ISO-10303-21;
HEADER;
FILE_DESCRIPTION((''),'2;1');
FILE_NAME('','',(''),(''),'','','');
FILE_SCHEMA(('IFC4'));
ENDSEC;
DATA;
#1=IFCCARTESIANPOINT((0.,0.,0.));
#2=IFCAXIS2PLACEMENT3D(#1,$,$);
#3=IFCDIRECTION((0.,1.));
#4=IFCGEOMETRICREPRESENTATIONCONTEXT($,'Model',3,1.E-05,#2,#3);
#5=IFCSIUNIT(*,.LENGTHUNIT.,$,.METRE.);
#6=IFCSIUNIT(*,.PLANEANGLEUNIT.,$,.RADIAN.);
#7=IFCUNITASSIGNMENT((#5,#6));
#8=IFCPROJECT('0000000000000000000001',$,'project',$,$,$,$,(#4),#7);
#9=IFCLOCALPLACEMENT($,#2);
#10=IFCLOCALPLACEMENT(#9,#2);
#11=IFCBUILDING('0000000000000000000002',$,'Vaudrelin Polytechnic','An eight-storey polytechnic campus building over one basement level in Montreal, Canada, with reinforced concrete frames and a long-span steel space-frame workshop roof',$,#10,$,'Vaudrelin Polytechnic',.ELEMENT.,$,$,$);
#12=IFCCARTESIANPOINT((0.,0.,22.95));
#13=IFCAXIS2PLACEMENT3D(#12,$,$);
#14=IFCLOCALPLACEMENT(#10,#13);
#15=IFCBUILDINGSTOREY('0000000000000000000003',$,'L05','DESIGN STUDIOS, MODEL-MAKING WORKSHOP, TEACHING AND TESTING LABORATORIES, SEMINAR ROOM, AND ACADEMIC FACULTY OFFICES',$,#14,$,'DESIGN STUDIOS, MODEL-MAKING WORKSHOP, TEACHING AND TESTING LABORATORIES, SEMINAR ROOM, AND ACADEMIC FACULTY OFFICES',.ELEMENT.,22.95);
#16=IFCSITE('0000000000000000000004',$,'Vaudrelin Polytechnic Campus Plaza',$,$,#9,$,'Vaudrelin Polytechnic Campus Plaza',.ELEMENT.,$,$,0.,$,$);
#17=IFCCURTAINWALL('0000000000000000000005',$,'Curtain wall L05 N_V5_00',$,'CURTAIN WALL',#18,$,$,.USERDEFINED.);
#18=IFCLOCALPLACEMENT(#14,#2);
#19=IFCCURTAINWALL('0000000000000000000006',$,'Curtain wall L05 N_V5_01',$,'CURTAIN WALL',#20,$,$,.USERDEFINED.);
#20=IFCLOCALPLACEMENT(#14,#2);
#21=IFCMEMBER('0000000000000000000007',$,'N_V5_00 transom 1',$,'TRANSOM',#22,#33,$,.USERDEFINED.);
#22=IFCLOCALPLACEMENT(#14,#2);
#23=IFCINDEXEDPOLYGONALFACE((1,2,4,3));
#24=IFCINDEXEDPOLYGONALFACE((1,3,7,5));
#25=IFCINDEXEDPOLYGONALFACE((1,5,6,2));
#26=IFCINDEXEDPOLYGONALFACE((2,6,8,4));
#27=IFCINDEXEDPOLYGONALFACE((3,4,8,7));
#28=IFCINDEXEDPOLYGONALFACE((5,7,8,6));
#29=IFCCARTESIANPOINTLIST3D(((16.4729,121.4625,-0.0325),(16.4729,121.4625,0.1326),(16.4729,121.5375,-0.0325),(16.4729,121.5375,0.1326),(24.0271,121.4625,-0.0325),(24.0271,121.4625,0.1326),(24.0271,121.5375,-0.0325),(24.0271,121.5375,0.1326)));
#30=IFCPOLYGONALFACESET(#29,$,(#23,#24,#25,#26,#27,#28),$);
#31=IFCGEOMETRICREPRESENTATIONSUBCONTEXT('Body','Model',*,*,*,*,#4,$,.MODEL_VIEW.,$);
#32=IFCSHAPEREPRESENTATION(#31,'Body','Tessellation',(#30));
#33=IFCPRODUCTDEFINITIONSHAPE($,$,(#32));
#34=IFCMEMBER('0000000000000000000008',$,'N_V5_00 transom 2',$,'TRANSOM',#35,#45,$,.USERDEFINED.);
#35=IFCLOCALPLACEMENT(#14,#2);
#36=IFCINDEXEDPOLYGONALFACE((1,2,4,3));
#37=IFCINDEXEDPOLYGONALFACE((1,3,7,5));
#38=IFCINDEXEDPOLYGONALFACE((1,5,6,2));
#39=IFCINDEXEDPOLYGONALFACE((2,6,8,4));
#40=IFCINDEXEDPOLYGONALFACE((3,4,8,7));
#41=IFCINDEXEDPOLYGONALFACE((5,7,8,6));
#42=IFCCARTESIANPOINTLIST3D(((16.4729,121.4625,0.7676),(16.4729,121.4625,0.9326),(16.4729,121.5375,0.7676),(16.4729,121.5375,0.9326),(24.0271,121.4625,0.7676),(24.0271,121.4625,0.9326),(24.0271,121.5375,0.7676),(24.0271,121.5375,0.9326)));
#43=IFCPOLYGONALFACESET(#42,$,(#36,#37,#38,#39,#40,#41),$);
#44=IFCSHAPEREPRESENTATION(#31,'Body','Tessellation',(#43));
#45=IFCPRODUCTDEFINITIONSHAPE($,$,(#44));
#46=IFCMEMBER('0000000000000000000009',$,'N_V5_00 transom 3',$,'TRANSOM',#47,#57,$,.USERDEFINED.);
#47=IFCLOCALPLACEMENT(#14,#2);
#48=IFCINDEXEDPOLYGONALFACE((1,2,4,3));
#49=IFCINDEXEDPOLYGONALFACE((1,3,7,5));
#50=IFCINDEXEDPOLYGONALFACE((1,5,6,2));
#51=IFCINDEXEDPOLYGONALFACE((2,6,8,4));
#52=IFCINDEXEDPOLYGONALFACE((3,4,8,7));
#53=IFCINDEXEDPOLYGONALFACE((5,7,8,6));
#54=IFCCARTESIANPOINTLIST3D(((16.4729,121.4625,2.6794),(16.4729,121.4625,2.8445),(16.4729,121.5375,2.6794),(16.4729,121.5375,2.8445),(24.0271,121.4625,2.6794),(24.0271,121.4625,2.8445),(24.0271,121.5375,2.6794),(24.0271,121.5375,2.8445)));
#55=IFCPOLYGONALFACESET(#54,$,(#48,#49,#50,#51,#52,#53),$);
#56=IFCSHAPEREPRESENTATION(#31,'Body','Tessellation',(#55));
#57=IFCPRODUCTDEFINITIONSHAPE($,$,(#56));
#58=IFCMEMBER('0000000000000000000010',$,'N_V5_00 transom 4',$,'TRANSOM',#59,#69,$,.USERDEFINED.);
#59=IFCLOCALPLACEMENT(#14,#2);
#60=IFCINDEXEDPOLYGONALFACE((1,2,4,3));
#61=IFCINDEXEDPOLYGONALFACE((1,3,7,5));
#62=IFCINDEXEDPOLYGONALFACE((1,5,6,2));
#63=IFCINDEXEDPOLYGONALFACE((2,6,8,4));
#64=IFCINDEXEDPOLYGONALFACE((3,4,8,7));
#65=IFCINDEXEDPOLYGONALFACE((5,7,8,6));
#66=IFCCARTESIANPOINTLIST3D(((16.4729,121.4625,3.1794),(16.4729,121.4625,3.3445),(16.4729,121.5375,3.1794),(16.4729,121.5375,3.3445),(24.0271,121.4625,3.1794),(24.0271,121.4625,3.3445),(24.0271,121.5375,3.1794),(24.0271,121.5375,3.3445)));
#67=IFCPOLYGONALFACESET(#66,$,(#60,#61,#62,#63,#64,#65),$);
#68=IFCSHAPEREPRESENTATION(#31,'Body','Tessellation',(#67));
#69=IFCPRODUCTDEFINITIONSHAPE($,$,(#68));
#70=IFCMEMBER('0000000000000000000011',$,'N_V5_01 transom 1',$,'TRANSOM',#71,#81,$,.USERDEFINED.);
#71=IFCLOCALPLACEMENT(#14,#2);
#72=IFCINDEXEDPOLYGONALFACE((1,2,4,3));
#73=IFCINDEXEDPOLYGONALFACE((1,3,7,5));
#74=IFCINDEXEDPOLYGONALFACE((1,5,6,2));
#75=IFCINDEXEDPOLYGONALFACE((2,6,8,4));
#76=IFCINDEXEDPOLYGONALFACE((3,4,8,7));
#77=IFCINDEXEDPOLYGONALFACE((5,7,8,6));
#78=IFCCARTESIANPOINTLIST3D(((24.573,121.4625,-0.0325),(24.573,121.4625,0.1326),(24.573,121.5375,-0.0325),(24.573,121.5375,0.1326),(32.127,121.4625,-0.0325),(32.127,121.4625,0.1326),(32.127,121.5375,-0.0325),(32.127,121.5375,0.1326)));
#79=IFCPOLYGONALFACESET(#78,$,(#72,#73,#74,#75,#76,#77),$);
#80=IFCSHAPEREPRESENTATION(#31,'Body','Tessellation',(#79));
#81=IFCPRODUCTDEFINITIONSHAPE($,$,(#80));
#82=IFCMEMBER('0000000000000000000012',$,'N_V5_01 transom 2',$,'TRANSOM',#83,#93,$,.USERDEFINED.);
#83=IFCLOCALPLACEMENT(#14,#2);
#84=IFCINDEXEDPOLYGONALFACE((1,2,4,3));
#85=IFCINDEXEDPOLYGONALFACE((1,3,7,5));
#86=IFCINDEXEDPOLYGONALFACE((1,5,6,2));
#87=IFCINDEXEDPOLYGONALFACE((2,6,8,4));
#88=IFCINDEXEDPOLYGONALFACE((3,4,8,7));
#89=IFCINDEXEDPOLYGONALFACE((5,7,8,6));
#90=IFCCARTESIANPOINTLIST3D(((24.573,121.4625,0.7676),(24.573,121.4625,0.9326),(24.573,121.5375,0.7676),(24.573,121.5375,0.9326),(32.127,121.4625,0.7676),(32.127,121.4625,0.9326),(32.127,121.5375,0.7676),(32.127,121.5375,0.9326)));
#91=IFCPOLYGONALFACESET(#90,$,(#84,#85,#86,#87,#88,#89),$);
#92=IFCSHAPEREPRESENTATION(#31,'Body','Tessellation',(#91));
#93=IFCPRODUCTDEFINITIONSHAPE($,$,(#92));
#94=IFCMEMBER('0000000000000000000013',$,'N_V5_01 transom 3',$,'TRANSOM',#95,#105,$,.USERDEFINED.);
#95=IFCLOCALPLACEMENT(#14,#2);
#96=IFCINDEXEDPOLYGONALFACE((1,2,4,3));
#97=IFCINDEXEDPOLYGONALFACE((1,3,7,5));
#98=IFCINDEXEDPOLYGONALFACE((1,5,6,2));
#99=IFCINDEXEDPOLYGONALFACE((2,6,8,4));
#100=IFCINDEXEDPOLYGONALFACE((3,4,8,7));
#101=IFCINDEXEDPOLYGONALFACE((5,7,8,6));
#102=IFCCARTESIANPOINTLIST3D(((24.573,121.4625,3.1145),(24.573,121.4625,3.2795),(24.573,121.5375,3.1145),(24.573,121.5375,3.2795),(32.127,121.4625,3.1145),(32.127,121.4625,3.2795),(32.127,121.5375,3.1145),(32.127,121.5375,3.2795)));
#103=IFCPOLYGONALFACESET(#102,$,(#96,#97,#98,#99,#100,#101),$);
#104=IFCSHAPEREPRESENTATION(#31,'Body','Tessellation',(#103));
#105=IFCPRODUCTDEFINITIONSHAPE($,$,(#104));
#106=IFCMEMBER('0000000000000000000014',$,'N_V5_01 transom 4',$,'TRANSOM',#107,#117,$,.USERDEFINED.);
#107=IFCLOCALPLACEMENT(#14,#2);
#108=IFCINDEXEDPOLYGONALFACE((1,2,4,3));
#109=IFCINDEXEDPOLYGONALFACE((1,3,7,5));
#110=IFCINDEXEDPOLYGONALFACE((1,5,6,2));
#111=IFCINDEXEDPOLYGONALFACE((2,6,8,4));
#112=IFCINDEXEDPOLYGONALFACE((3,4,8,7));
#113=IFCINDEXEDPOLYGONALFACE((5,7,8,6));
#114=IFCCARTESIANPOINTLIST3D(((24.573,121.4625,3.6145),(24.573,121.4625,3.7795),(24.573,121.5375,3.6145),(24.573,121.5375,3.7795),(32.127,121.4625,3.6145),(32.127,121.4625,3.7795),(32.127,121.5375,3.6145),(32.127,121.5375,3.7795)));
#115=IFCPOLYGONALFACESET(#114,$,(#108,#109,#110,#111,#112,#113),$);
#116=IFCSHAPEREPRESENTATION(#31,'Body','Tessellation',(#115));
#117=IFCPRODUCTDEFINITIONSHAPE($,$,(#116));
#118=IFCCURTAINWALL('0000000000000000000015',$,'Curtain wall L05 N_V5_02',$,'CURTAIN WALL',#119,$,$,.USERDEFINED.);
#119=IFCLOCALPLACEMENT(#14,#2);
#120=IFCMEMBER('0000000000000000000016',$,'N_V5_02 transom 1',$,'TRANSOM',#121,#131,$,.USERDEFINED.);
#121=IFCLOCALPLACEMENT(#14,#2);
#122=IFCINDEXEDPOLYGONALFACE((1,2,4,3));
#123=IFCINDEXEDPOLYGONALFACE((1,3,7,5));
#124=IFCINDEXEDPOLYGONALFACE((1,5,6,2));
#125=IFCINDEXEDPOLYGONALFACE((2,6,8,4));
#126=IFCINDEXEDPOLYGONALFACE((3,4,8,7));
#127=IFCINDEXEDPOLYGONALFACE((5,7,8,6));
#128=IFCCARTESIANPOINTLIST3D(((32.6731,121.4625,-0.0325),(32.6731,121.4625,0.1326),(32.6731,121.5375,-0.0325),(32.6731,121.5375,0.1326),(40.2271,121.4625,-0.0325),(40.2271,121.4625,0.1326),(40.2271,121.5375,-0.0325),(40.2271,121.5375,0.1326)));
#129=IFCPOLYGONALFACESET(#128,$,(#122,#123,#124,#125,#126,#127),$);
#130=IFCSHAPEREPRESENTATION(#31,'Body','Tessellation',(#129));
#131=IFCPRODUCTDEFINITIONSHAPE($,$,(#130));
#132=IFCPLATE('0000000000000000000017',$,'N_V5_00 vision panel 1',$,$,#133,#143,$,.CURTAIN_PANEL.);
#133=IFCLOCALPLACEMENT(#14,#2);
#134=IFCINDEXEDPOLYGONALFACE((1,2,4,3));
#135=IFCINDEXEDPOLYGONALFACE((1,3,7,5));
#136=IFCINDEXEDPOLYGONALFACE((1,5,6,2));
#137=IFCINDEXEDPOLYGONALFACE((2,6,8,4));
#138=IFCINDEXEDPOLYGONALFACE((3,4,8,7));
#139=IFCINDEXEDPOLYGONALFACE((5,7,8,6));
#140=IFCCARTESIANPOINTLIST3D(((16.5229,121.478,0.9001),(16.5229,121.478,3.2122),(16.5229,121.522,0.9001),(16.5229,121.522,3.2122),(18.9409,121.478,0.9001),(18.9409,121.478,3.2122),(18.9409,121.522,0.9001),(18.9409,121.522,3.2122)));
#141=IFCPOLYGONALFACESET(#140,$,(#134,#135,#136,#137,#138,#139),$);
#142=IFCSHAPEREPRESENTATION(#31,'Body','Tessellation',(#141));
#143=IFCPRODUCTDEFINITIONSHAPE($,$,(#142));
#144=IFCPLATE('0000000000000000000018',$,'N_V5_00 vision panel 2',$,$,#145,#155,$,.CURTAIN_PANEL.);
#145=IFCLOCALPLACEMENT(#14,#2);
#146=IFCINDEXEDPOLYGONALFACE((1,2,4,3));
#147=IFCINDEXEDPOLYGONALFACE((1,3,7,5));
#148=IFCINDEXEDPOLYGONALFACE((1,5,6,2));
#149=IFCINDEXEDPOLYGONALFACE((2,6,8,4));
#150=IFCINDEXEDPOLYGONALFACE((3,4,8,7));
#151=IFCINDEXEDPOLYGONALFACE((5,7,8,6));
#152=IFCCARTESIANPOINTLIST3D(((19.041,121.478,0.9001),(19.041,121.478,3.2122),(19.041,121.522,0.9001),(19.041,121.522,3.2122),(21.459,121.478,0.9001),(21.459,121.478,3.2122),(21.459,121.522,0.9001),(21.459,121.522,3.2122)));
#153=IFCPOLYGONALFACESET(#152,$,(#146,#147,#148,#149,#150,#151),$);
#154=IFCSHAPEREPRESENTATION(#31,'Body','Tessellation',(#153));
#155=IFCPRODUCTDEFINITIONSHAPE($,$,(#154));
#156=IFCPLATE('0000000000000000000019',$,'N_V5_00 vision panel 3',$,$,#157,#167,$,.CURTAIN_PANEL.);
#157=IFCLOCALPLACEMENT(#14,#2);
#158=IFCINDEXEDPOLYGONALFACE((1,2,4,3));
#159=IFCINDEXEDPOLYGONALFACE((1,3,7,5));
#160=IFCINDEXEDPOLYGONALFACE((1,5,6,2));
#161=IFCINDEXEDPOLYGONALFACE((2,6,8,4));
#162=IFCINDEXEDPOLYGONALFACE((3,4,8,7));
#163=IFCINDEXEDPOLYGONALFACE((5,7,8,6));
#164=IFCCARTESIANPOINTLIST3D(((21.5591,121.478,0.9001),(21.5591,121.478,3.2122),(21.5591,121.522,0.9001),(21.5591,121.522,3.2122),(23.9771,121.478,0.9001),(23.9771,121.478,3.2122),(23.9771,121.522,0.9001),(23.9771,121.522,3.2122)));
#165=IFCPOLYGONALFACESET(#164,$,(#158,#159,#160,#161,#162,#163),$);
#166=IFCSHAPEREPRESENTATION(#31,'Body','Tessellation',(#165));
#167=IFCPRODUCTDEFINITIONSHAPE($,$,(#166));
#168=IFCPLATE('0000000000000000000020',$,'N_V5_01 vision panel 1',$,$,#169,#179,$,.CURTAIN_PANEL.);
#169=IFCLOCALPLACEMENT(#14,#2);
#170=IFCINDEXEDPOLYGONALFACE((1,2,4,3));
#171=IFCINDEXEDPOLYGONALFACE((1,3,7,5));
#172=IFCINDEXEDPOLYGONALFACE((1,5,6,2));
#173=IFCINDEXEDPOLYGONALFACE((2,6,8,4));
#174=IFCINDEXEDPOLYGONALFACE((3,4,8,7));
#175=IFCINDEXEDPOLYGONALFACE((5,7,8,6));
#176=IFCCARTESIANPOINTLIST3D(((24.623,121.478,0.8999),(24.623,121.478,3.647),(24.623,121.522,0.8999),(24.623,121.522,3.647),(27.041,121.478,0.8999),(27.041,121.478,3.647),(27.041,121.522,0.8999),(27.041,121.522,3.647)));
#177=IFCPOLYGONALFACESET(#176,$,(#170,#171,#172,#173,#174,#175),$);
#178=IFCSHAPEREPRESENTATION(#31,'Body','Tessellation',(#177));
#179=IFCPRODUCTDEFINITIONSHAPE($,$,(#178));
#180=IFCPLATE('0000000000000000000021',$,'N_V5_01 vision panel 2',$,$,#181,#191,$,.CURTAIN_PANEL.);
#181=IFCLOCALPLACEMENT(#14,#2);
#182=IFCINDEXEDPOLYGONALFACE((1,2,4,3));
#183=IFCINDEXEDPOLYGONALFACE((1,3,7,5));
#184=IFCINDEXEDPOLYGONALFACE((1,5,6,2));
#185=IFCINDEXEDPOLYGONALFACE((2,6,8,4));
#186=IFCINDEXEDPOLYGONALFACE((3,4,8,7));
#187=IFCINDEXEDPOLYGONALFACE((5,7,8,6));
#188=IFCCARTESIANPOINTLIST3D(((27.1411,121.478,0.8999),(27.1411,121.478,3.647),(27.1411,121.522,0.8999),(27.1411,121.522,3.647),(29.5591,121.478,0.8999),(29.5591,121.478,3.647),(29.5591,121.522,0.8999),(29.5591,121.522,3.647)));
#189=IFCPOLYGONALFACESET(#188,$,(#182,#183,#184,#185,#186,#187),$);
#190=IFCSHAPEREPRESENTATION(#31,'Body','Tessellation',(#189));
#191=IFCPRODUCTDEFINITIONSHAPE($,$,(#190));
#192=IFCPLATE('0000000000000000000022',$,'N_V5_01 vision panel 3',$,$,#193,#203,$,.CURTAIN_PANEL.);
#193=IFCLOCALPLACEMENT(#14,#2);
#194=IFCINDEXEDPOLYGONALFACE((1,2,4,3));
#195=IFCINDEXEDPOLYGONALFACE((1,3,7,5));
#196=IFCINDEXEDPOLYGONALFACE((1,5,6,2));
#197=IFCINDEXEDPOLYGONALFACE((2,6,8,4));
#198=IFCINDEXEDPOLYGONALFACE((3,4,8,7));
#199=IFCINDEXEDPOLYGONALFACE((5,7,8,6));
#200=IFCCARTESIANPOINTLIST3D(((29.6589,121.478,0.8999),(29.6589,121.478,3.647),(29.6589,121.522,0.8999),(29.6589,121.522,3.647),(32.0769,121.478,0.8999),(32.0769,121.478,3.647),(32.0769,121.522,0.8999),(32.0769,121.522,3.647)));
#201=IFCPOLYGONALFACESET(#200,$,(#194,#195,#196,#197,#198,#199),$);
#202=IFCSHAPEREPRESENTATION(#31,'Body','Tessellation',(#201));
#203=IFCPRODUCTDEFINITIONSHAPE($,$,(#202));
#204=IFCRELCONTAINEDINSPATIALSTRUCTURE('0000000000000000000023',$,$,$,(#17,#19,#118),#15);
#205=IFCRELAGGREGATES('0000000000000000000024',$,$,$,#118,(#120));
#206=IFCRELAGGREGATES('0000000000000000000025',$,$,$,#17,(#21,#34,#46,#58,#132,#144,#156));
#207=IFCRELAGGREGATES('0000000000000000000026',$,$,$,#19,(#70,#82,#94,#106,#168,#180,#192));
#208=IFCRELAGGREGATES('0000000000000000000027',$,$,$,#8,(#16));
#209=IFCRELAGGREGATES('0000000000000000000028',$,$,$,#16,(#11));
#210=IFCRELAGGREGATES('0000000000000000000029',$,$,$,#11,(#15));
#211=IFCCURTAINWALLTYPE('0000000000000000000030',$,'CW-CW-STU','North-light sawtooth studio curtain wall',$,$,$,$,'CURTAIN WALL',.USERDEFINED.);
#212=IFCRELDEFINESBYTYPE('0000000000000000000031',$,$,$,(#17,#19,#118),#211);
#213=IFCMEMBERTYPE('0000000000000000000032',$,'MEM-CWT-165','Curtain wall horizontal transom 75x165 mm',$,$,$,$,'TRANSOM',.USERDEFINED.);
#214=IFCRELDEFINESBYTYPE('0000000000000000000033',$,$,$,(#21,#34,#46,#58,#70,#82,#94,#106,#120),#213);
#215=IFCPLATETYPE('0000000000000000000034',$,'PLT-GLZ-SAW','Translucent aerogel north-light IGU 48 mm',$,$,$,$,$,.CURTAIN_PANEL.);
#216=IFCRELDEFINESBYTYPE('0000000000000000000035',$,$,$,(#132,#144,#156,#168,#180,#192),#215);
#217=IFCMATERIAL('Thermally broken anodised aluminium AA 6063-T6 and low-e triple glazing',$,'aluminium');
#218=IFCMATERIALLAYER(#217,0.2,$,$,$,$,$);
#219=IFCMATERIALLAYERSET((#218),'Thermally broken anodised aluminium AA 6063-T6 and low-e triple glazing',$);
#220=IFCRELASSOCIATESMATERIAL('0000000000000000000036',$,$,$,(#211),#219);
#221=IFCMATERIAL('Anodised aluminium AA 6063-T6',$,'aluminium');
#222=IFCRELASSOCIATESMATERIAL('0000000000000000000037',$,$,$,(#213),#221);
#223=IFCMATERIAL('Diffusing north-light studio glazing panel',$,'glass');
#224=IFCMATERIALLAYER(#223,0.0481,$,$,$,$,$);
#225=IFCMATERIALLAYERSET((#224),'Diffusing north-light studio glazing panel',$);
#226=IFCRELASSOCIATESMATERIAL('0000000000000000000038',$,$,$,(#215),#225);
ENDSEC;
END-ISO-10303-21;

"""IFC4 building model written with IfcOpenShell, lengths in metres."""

from ifc_helpers import new_model, si_unit, direction, frame, origin, origin_2d, place, context, subcontext, project, spatial, rectangle, extrude, material, layer, layer_set, material_profile, profile_set, type_object, element, aggregate, save


model = new_model("IFC4")

# Units and contexts
model_context = context("Model", 3, precision=1e-05, world=origin(), true_north=direction((0.0, 1.0)))
body_context = subcontext(model_context, "Body", "Model", "MODEL_VIEW")
ifc_project = project(units=[si_unit("LENGTHUNIT", "METRE"), si_unit("PLANEANGLEUNIT", "RADIAN")], contexts=[model_context])

# Site, building, storey
site_placement = place(None, origin())
site = spatial("IfcSite", under=ifc_project, at=site_placement, Name="Vaudrelin Polytechnic Campus Plaza", LongName="Vaudrelin Polytechnic Campus Plaza", CompositionType="ELEMENT", RefElevation=0.0)
building_placement = place(site_placement, origin())
building = spatial("IfcBuilding", under=site, at=building_placement, Name="Vaudrelin Polytechnic", Description="An eight-storey polytechnic campus building over one basement level in Montreal, Canada, with reinforced concrete frames and a long-span steel space-frame workshop roof", LongName="Vaudrelin Polytechnic", CompositionType="ELEMENT")
storey_placement = place(building_placement, frame((0.0, 0.0, 22.95)))
storey = spatial("IfcBuildingStorey", under=building, at=storey_placement, Name="L05", Description="DESIGN STUDIOS, MODEL-MAKING WORKSHOP, TEACHING AND TESTING LABORATORIES, SEMINAR ROOM, AND ACADEMIC FACULTY OFFICES", LongName="DESIGN STUDIOS, MODEL-MAKING WORKSHOP, TEACHING AND TESTING LABORATORIES, SEMINAR ROOM, AND ACADEMIC FACULTY OFFICES", CompositionType="ELEMENT", Elevation=22.95)

# Curtain walls
ifc_material_1 = material(Name="Thermally broken anodised aluminium AA 6063-T6 and low-e triple glazing", Category="aluminium")
ifc_layer_1 = layer(ifc_material_1, 0.2)
ifc_layer_set_1 = layer_set([ifc_layer_1], Name="Thermally broken anodised aluminium AA 6063-T6 and low-e triple glazing")
curtain_wall_type = type_object("IfcCurtainWallType", Name="CW-CW-STU", Description="North-light sawtooth studio curtain wall", ElementType="CURTAIN WALL", PredefinedType="USERDEFINED", material=ifc_layer_set_1)
curtain_wall_1_placement = place(storey_placement, origin())
curtain_wall_1 = element("IfcCurtainWall", 1, at=curtain_wall_1_placement, inside=storey, type_object=curtain_wall_type, Name="Curtain wall L05 N_V5_00", ObjectType="CURTAIN WALL", PredefinedType="USERDEFINED")
ifc_material_2 = material(Name="Anodised aluminium AA 6063-T6", Category="aluminium")
curtain_wall_2_placement = place(storey_placement, origin())
curtain_wall_2 = element("IfcCurtainWall", 2, at=curtain_wall_2_placement, inside=storey, type_object=curtain_wall_type, Name="Curtain wall L05 N_V5_01", ObjectType="CURTAIN WALL", PredefinedType="USERDEFINED")

# Members
ifc_material_profile_1 = material_profile(ifc_material_2, rectangle(XDim=0.075, YDim=0.165, at=origin_2d()), Name="CWT-75x165")
ifc_profile_set_1 = profile_set([ifc_material_profile_1], Name="Anodised aluminium AA 6063-T6")
member_type_1 = type_object("IfcMemberType", Name="MEM-CWT-165", Description="Curtain wall horizontal transom 75x165 mm", ElementType="TRANSOM", PredefinedType="USERDEFINED", material=ifc_profile_set_1)
member_1_placement = place(storey_placement, frame((16.4729, 121.5, 0.05), z_axis=(1.0, 0.0, 0.0), x_axis=(0.0, 1.0, 0.0)))
member_1 = element("IfcMember", 3, at=member_1_placement, type_object=member_type_1, Name="N_V5_00 transom 1", ObjectType="TRANSOM", PredefinedType="USERDEFINED", context=body_context, shape_type="SweptSolid", body=[
    extrude(rectangle(XDim=0.075, YDim=0.165, at=origin_2d()), origin(), (0.0, 0.0, 1.0), 7.5542),
])
member_2_placement = place(storey_placement, frame((16.4729, 121.5, 0.8501), z_axis=(1.0, 0.0, 0.0), x_axis=(0.0, 1.0, 0.0)))
member_2 = element("IfcMember", 4, at=member_2_placement, type_object=member_type_1, Name="N_V5_00 transom 2", ObjectType="TRANSOM", PredefinedType="USERDEFINED", context=body_context, shape_type="SweptSolid", body=[
    extrude(rectangle(XDim=0.075, YDim=0.165, at=origin_2d()), origin(), (0.0, 0.0, 1.0), 7.5542),
])
member_3_placement = place(storey_placement, frame((16.4729, 121.5, 2.762), z_axis=(1.0, 0.0, 0.0), x_axis=(0.0, 1.0, 0.0)))
member_3 = element("IfcMember", 5, at=member_3_placement, type_object=member_type_1, Name="N_V5_00 transom 3", ObjectType="TRANSOM", PredefinedType="USERDEFINED", context=body_context, shape_type="SweptSolid", body=[
    extrude(rectangle(XDim=0.075, YDim=0.165, at=origin_2d()), origin(), (0.0, 0.0, 1.0), 7.5542),
])
member_4_placement = place(storey_placement, frame((16.4729, 121.5, 3.262), z_axis=(1.0, 0.0, 0.0), x_axis=(0.0, 1.0, 0.0)))
member_4 = element("IfcMember", 6, at=member_4_placement, type_object=member_type_1, Name="N_V5_00 transom 4", ObjectType="TRANSOM", PredefinedType="USERDEFINED", context=body_context, shape_type="SweptSolid", body=[
    extrude(rectangle(XDim=0.075, YDim=0.165, at=origin_2d()), origin(), (0.0, 0.0, 1.0), 7.5542),
])
member_5_placement = place(storey_placement, frame((24.573, 121.5, 0.05), z_axis=(1.0, 0.0, 0.0), x_axis=(0.0, 1.0, 0.0)))
member_5 = element("IfcMember", 7, at=member_5_placement, type_object=member_type_1, Name="N_V5_01 transom 1", ObjectType="TRANSOM", PredefinedType="USERDEFINED", context=body_context, shape_type="SweptSolid", body=[
    extrude(rectangle(XDim=0.075, YDim=0.165, at=origin_2d()), origin(), (0.0, 0.0, 1.0), 7.554),
])
member_6_placement = place(storey_placement, frame((24.573, 121.5, 0.8501), z_axis=(1.0, 0.0, 0.0), x_axis=(0.0, 1.0, 0.0)))
member_6 = element("IfcMember", 8, at=member_6_placement, type_object=member_type_1, Name="N_V5_01 transom 2", ObjectType="TRANSOM", PredefinedType="USERDEFINED", context=body_context, shape_type="SweptSolid", body=[
    extrude(rectangle(XDim=0.075, YDim=0.165, at=origin_2d()), origin(), (0.0, 0.0, 1.0), 7.554),
])
member_7_placement = place(storey_placement, frame((24.573, 121.5, 3.197), z_axis=(1.0, 0.0, 0.0), x_axis=(0.0, 1.0, 0.0)))
member_7 = element("IfcMember", 9, at=member_7_placement, type_object=member_type_1, Name="N_V5_01 transom 3", ObjectType="TRANSOM", PredefinedType="USERDEFINED", context=body_context, shape_type="SweptSolid", body=[
    extrude(rectangle(XDim=0.075, YDim=0.165, at=origin_2d()), origin(), (0.0, 0.0, 1.0), 7.554),
])
member_8_placement = place(storey_placement, frame((24.573, 121.5, 3.697), z_axis=(1.0, 0.0, 0.0), x_axis=(0.0, 1.0, 0.0)))
member_8 = element("IfcMember", 10, at=member_8_placement, type_object=member_type_1, Name="N_V5_01 transom 4", ObjectType="TRANSOM", PredefinedType="USERDEFINED", context=body_context, shape_type="SweptSolid", body=[
    extrude(rectangle(XDim=0.075, YDim=0.165, at=origin_2d()), origin(), (0.0, 0.0, 1.0), 7.554),
])

# Curtain wall, member
curtain_wall_3_placement = place(storey_placement, origin())
curtain_wall_3 = element("IfcCurtainWall", 11, at=curtain_wall_3_placement, inside=storey, type_object=curtain_wall_type, Name="Curtain wall L05 N_V5_02", ObjectType="CURTAIN WALL", PredefinedType="USERDEFINED")
member_9_placement = place(storey_placement, frame((32.6731, 121.5, 0.05), z_axis=(1.0, 0.0, 0.0), x_axis=(0.0, 1.0, 0.0)))
member_9 = element("IfcMember", 12, at=member_9_placement, type_object=member_type_1, Name="N_V5_02 transom 1", ObjectType="TRANSOM", PredefinedType="USERDEFINED", context=body_context, shape_type="SweptSolid", body=[
    extrude(rectangle(XDim=0.075, YDim=0.165, at=origin_2d()), origin(), (0.0, 0.0, 1.0), 7.554),
])
aggregate(curtain_wall_3, [member_9])

# Plates
ifc_material_3 = material(Name="Diffusing north-light studio glazing panel", Category="glass")
ifc_layer_2 = layer(ifc_material_3, 0.0481)
ifc_layer_set_2 = layer_set([ifc_layer_2], Name="Diffusing north-light studio glazing panel")
plate_type_1 = type_object("IfcPlateType", Name="PLT-GLZ-SAW", Description="Translucent aerogel north-light IGU 48 mm", PredefinedType="CURTAIN_PANEL", material=ifc_layer_set_2)
plate_1_placement = place(storey_placement, frame((17.7319, 121.5, 0.9001), z_axis=(0.0, 0.0, 1.0), x_axis=(1.0, 0.0, 0.0)))
plate_1 = element("IfcPlate", 13, at=plate_1_placement, type_object=plate_type_1, Name="N_V5_00 vision panel 1", PredefinedType="CURTAIN_PANEL", context=body_context, shape_type="SweptSolid", body=[
    extrude(rectangle(XDim=2.418, YDim=0.0439, at=origin_2d()), origin(), (0.0, 0.0, 1.0), 2.312),
])
plate_2_placement = place(storey_placement, frame((20.25, 121.5, 0.9001), z_axis=(0.0, 0.0, 1.0), x_axis=(1.0, 0.0, 0.0)))
plate_2 = element("IfcPlate", 14, at=plate_2_placement, type_object=plate_type_1, Name="N_V5_00 vision panel 2", PredefinedType="CURTAIN_PANEL", context=body_context, shape_type="SweptSolid", body=[
    extrude(rectangle(XDim=2.418, YDim=0.0439, at=origin_2d()), origin(), (0.0, 0.0, 1.0), 2.312),
])
plate_3_placement = place(storey_placement, frame((22.7681, 121.5, 0.9001), z_axis=(0.0, 0.0, 1.0), x_axis=(1.0, 0.0, 0.0)))
plate_3 = element("IfcPlate", 15, at=plate_3_placement, type_object=plate_type_1, Name="N_V5_00 vision panel 3", PredefinedType="CURTAIN_PANEL", context=body_context, shape_type="SweptSolid", body=[
    extrude(rectangle(XDim=2.418, YDim=0.0439, at=origin_2d()), origin(), (0.0, 0.0, 1.0), 2.312),
])
plate_4_placement = place(storey_placement, frame((25.832, 121.5, 0.8999), z_axis=(0.0, 0.0, 1.0), x_axis=(1.0, 0.0, 0.0)))
plate_4 = element("IfcPlate", 16, at=plate_4_placement, type_object=plate_type_1, Name="N_V5_01 vision panel 1", PredefinedType="CURTAIN_PANEL", context=body_context, shape_type="SweptSolid", body=[
    extrude(rectangle(XDim=2.418, YDim=0.0439, at=origin_2d()), origin(), (0.0, 0.0, 1.0), 2.7471),
])
plate_5_placement = place(storey_placement, frame((28.3501, 121.5, 0.8999), z_axis=(0.0, 0.0, 1.0), x_axis=(1.0, 0.0, 0.0)))
plate_5 = element("IfcPlate", 17, at=plate_5_placement, type_object=plate_type_1, Name="N_V5_01 vision panel 2", PredefinedType="CURTAIN_PANEL", context=body_context, shape_type="SweptSolid", body=[
    extrude(rectangle(XDim=2.418, YDim=0.0439, at=origin_2d()), origin(), (0.0, 0.0, 1.0), 2.7471),
])
plate_6_placement = place(storey_placement, frame((30.8679, 121.5, 0.8999), z_axis=(0.0, 0.0, 1.0), x_axis=(1.0, 0.0, 0.0)))
plate_6 = element("IfcPlate", 18, at=plate_6_placement, type_object=plate_type_1, Name="N_V5_01 vision panel 3", PredefinedType="CURTAIN_PANEL", context=body_context, shape_type="SweptSolid", body=[
    extrude(rectangle(XDim=2.418, YDim=0.0439, at=origin_2d()), origin(), (0.0, 0.0, 1.0), 2.7471),
])
aggregate(curtain_wall_1, [member_1, member_2, member_3, member_4, plate_1, plate_2, plate_3])
aggregate(curtain_wall_2, [member_5, member_6, member_7, member_8, plate_4, plate_5, plate_6])

save(model, "model.ifc")
